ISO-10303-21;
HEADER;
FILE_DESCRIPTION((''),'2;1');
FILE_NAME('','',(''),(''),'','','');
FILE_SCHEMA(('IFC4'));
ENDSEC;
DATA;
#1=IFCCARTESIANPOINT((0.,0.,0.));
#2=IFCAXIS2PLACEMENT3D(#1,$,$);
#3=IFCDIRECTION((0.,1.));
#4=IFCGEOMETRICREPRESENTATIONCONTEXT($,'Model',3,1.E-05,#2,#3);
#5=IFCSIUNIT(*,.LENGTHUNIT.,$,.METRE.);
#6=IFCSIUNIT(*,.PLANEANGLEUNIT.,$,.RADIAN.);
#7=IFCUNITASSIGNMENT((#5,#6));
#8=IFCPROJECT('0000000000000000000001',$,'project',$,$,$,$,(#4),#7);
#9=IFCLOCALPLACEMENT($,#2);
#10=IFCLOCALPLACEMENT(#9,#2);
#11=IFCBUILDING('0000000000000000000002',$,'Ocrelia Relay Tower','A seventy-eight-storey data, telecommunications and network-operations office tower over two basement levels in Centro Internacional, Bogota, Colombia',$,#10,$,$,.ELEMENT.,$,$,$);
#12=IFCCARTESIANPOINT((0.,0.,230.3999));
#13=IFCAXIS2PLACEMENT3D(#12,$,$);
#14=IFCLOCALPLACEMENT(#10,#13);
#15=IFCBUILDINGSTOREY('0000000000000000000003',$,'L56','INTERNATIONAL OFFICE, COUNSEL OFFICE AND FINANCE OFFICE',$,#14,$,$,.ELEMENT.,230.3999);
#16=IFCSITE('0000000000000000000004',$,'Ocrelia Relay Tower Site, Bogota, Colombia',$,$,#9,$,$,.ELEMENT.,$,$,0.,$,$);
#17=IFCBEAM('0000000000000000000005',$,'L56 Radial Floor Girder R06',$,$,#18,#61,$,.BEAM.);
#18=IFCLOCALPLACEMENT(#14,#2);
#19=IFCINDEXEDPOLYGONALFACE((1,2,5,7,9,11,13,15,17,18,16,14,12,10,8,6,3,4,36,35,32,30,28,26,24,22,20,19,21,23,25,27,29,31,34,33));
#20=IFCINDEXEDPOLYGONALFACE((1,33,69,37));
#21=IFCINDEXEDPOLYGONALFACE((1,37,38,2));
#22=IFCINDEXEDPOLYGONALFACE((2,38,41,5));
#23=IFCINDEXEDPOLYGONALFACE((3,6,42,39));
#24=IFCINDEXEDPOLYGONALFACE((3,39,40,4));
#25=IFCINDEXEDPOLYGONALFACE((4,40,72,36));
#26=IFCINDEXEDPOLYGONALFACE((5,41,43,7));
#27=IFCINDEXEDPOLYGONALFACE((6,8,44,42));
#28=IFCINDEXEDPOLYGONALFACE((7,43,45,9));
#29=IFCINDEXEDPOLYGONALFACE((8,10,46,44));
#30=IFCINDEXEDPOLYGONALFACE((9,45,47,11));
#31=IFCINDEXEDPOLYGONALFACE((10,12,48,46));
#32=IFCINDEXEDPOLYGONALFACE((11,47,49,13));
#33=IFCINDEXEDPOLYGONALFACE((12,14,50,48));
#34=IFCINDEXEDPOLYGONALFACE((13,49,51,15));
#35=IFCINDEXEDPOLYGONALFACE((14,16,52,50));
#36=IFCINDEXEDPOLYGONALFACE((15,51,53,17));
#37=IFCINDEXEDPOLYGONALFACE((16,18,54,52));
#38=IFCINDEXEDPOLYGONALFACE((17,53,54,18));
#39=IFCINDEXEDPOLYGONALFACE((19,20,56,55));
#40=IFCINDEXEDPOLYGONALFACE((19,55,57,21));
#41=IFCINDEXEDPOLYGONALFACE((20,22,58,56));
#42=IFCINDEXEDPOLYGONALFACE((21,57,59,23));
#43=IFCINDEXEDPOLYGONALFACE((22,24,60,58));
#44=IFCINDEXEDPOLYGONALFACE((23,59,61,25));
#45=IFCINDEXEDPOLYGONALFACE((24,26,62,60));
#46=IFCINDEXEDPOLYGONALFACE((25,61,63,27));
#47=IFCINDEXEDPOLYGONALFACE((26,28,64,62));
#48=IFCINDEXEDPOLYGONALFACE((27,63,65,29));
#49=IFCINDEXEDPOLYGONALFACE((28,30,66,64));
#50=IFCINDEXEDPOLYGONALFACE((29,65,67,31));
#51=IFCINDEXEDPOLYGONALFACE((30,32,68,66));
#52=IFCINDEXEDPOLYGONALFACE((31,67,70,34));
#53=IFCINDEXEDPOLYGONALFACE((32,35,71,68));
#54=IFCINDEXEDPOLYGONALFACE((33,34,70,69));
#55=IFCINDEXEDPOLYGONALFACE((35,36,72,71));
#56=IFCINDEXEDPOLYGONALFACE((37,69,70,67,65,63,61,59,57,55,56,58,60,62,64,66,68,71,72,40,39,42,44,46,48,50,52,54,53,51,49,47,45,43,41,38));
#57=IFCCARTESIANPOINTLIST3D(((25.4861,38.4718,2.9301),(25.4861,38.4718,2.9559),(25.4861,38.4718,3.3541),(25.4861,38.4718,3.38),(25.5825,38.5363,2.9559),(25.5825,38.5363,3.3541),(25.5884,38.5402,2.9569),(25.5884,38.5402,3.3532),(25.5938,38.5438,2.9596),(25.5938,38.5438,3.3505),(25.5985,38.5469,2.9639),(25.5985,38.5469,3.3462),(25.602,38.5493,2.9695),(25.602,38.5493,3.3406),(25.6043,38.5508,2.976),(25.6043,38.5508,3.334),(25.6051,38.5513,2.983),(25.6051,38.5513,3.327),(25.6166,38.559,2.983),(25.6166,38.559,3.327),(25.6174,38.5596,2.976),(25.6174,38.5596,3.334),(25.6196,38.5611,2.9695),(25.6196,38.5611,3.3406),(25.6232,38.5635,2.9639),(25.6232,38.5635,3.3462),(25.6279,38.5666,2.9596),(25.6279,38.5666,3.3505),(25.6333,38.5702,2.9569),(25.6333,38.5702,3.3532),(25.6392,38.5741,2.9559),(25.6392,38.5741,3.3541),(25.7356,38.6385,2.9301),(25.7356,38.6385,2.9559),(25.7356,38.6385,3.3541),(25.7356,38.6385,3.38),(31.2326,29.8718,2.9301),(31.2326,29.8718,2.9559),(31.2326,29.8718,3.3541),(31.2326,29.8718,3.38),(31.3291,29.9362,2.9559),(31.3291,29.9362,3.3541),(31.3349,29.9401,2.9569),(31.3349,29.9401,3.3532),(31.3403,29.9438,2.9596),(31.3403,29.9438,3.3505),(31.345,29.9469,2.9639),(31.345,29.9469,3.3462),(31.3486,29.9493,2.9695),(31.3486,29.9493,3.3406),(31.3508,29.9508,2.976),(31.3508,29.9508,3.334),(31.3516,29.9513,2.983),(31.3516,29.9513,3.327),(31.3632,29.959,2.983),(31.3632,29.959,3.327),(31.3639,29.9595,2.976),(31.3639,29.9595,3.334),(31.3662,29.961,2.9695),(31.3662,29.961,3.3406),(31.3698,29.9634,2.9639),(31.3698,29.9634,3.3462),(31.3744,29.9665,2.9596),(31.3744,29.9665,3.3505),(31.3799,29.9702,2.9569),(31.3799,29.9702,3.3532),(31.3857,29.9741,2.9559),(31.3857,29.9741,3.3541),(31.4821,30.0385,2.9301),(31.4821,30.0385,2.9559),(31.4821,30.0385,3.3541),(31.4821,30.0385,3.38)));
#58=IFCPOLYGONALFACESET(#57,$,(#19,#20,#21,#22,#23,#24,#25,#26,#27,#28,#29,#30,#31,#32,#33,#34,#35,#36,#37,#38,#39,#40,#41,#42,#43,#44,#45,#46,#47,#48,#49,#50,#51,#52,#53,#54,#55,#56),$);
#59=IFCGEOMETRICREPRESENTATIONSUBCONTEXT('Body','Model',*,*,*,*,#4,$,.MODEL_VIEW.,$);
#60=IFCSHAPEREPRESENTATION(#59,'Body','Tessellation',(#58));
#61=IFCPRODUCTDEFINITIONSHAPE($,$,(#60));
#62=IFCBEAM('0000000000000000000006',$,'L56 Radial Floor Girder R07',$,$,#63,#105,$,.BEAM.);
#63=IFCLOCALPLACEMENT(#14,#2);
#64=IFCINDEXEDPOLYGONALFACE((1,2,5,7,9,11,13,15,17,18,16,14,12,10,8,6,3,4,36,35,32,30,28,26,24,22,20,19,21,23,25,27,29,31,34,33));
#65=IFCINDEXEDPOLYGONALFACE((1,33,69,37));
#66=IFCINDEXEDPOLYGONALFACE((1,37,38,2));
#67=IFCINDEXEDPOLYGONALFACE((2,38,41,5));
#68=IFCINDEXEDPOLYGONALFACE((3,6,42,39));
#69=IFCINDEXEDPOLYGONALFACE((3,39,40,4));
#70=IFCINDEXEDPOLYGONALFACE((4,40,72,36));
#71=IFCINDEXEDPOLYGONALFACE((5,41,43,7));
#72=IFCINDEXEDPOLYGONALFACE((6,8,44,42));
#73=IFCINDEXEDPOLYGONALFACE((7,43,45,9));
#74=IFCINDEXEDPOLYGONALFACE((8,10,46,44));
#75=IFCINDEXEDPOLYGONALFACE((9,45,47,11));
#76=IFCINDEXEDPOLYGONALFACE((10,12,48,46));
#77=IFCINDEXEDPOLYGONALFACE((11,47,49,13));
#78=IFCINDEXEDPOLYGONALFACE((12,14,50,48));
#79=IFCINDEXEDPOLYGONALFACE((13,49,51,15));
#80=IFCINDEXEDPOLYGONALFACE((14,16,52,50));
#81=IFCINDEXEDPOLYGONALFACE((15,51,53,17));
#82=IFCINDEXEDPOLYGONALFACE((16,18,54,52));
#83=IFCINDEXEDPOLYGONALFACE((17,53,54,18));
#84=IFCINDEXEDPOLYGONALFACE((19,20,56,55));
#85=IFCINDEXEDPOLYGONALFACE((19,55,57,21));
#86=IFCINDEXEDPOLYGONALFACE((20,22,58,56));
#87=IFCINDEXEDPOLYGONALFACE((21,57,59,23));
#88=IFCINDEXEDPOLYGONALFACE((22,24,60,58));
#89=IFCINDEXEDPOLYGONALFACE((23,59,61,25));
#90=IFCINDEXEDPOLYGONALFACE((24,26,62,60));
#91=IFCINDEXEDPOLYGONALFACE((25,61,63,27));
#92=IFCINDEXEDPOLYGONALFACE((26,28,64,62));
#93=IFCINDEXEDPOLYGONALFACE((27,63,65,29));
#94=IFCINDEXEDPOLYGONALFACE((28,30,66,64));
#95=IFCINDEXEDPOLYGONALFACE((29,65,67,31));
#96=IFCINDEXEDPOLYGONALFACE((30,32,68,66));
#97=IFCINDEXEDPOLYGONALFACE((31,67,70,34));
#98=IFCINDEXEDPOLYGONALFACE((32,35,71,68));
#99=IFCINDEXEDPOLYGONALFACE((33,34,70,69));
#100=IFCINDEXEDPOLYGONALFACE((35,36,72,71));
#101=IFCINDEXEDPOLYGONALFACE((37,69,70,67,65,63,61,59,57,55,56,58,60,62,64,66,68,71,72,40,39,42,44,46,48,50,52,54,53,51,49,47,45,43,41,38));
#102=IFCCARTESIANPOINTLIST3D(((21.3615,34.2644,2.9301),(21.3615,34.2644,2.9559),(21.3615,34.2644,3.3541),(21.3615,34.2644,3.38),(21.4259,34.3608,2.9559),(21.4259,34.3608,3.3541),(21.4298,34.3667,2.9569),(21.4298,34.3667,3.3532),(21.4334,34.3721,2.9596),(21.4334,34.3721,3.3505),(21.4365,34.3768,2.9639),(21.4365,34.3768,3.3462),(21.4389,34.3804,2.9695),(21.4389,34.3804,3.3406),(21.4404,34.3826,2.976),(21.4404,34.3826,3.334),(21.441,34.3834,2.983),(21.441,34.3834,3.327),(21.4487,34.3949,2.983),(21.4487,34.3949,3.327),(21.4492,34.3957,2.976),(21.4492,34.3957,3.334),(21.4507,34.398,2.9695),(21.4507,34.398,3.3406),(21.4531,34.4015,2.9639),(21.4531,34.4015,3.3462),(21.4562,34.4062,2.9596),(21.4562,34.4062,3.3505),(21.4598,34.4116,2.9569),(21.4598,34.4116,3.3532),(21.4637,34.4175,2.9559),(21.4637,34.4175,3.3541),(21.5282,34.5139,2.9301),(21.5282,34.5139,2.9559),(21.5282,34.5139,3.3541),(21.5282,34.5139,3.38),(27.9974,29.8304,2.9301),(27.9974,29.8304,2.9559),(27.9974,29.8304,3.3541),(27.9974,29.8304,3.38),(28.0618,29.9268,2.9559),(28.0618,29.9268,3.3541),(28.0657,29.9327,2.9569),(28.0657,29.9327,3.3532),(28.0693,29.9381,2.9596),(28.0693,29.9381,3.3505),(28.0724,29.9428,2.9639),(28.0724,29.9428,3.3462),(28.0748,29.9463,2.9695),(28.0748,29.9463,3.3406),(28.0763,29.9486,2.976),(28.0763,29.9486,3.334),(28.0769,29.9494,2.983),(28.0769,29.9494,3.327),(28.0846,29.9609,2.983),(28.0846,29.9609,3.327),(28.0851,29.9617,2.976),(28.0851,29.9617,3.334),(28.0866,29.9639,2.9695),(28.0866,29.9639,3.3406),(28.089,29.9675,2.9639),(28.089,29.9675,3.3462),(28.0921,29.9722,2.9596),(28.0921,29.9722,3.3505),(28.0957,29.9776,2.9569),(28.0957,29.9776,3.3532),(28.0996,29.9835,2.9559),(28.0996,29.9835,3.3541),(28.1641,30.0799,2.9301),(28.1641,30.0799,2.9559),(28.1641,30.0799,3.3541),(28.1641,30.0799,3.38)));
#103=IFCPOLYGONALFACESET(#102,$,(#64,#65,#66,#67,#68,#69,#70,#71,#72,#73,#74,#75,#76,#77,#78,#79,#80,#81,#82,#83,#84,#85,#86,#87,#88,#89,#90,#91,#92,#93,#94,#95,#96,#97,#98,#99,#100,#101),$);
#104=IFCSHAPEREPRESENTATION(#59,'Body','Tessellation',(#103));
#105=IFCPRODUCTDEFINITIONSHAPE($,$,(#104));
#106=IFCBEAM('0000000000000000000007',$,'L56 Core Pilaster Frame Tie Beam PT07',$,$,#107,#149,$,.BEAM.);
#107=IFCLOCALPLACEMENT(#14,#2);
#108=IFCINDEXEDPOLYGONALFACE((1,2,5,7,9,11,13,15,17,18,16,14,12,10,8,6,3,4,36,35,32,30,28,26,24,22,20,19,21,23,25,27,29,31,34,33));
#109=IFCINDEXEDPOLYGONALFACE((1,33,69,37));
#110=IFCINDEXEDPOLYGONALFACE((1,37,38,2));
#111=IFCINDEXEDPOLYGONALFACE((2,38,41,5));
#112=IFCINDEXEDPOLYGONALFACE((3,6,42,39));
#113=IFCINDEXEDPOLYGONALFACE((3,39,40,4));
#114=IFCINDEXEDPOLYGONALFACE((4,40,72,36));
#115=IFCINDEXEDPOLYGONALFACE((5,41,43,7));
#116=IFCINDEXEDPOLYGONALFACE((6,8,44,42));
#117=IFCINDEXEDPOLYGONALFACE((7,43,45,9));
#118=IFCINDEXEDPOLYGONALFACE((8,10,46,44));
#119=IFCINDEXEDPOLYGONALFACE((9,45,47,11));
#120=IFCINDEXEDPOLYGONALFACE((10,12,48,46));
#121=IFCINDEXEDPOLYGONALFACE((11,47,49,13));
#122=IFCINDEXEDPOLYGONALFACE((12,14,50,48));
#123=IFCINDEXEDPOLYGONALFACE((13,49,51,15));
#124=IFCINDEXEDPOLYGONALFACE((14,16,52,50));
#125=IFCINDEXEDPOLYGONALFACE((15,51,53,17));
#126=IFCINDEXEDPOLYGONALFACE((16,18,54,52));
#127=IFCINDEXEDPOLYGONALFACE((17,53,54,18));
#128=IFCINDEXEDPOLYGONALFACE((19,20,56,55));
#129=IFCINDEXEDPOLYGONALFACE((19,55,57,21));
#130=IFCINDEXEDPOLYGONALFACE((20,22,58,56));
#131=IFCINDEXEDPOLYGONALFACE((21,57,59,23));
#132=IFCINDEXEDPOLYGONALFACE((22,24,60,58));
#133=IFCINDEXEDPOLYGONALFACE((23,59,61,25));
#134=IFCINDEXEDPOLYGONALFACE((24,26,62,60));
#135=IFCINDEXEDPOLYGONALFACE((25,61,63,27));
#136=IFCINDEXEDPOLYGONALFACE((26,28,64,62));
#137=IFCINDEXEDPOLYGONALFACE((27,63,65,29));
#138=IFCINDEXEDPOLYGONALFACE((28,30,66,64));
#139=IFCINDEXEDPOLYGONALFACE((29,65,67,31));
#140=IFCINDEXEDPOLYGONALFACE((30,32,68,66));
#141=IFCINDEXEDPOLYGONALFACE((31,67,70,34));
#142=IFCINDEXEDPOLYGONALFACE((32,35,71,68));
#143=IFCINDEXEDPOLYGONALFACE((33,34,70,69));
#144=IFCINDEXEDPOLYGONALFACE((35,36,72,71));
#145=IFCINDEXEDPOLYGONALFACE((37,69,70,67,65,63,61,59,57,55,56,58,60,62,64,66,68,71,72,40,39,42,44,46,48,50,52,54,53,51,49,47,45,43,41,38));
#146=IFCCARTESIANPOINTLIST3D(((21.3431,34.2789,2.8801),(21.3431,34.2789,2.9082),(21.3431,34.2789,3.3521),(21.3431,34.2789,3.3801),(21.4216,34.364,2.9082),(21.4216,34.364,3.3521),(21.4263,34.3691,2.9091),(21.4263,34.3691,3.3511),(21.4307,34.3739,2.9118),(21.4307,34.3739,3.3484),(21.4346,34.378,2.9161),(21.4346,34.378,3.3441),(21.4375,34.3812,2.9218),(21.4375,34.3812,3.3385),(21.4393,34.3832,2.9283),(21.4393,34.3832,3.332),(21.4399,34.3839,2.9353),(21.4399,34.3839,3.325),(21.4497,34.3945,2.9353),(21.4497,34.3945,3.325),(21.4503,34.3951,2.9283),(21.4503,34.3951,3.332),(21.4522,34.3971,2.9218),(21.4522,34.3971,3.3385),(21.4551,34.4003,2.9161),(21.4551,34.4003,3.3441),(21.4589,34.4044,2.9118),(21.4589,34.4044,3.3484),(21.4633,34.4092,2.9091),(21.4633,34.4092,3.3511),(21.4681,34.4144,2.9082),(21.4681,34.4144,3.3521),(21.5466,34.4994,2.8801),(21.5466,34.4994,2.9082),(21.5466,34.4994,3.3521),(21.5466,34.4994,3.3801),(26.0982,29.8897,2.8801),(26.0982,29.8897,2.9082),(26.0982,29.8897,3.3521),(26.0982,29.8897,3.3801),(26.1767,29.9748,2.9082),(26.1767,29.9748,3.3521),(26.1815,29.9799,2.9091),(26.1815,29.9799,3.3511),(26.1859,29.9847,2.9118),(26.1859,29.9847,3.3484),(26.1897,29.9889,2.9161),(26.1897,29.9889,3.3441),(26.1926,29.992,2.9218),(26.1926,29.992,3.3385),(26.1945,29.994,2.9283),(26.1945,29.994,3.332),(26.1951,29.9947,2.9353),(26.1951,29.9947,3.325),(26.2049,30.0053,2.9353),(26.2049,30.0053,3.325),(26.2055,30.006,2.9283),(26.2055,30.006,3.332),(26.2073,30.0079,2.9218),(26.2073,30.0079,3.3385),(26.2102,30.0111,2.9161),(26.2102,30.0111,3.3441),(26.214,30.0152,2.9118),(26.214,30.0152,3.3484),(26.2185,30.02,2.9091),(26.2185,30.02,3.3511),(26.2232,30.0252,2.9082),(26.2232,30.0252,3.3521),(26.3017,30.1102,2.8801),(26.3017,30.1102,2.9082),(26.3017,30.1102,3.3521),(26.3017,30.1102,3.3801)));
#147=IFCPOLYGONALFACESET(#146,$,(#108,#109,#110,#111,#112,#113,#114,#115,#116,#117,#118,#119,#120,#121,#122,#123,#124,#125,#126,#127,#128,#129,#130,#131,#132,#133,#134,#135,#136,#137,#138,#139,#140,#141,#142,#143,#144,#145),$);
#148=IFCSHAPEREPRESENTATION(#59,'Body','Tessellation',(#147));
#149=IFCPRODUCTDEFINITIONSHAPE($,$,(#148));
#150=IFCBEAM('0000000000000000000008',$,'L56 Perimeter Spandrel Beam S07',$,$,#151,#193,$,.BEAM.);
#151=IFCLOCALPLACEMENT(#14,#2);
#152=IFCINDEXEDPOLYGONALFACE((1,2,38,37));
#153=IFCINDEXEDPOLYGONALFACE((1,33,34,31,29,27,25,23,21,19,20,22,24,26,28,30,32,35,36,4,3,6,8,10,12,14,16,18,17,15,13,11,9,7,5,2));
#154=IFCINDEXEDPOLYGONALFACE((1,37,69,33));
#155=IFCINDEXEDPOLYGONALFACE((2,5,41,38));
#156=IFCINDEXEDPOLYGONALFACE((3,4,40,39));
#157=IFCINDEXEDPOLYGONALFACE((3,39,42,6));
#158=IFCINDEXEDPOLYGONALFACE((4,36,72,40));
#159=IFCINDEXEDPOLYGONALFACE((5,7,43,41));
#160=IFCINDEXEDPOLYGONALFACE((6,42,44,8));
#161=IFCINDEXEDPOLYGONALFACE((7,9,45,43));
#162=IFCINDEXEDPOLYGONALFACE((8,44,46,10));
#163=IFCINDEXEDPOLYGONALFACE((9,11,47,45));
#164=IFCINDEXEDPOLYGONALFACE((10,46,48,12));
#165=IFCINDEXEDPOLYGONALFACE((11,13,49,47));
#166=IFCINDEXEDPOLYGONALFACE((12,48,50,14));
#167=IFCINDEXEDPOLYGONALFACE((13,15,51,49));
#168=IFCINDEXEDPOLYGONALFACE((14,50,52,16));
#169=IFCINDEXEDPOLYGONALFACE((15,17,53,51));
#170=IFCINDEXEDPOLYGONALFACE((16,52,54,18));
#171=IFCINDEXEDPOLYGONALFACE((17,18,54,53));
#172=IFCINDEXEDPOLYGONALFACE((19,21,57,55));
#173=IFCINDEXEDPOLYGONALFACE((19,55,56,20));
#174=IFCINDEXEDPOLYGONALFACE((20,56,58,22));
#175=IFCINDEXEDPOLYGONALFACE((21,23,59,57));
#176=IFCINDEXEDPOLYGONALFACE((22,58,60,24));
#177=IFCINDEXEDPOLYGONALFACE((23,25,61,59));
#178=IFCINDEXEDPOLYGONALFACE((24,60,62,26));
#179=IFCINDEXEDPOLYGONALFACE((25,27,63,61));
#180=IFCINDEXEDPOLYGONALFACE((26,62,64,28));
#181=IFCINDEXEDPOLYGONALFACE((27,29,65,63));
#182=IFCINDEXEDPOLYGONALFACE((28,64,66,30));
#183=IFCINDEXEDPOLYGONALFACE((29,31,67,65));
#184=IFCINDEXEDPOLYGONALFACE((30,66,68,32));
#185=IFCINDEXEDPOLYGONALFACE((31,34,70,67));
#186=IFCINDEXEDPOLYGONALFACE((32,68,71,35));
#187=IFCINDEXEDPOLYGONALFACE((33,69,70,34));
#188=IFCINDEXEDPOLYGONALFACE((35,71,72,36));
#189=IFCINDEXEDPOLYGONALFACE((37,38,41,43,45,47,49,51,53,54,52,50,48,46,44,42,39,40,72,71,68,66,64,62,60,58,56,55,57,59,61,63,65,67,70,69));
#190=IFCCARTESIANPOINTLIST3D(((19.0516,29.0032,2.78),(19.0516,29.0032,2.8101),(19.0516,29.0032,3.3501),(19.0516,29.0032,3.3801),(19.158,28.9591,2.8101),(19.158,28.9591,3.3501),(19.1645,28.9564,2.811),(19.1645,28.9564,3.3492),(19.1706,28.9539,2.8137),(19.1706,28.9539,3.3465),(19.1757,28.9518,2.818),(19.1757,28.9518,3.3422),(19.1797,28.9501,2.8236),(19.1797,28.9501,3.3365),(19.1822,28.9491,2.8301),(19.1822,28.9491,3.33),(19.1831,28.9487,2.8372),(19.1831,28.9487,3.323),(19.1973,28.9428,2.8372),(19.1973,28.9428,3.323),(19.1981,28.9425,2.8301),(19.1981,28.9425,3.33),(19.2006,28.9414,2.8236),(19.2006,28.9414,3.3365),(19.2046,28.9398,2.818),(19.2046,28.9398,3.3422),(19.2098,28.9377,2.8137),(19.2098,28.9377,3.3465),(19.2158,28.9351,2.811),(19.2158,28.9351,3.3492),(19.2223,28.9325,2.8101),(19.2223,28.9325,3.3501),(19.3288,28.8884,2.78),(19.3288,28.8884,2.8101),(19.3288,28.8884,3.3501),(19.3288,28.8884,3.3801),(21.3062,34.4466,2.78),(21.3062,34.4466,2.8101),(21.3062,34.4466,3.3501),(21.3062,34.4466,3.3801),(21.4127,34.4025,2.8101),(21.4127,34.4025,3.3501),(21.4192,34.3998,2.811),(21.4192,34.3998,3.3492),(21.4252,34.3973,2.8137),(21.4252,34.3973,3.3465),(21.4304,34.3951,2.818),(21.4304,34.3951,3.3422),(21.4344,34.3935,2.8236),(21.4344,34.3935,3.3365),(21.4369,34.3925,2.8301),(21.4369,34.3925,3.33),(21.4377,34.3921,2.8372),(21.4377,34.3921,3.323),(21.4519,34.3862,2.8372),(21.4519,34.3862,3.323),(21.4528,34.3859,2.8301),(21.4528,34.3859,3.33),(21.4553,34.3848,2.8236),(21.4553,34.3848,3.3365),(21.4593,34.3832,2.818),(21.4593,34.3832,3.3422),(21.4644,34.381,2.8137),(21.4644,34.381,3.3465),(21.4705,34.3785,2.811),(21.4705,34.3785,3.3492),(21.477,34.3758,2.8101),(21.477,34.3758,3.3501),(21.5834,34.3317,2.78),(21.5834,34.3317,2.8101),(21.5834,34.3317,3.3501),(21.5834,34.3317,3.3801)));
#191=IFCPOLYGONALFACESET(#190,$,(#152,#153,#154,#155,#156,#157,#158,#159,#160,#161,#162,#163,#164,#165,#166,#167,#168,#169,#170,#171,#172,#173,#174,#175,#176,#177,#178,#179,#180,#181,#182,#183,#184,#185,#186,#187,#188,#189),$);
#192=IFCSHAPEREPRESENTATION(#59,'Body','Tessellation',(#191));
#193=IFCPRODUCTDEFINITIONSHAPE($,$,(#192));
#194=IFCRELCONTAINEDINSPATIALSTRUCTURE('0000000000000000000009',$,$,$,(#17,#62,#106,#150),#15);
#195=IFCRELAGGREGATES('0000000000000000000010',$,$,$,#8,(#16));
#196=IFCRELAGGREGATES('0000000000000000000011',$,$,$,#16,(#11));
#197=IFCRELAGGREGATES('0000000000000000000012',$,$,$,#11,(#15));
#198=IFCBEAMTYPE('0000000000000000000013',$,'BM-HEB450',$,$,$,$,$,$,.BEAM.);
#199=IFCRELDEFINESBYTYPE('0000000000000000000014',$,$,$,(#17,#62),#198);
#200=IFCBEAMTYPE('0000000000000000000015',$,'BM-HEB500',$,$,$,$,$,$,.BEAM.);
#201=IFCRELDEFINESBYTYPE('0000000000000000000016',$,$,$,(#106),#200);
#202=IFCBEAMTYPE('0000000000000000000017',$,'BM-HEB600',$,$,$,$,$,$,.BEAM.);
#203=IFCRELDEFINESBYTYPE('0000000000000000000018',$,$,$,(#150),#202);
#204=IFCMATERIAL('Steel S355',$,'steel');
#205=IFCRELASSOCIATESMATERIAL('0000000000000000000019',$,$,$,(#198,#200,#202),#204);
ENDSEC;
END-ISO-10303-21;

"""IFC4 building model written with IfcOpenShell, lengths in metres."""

from ifc_helpers import new_model, si_unit, direction, frame, origin, origin_2d, place, context, subcontext, project, spatial, i_section, extrude, material, material_profile, profile_set, type_object, element, save


model = new_model("IFC4")

# Units and contexts
model_context = context("Model", 3, precision=1e-05, world=origin(), true_north=direction((0.0, 1.0)))
body_context = subcontext(model_context, "Body", "Model", "MODEL_VIEW")
ifc_project = project(units=[si_unit("LENGTHUNIT", "METRE"), si_unit("PLANEANGLEUNIT", "RADIAN")], contexts=[model_context])

# Site, building, storey
site_placement = place(None, origin())
site = spatial("IfcSite", under=ifc_project, at=site_placement, Name="Ocrelia Relay Tower Site, Bogota, Colombia", CompositionType="ELEMENT", RefElevation=0.0)
building_placement = place(site_placement, origin())
building = spatial("IfcBuilding", under=site, at=building_placement, Name="Ocrelia Relay Tower", Description="A seventy-eight-storey data, telecommunications and network-operations office tower over two basement levels in Centro Internacional, Bogota, Colombia", CompositionType="ELEMENT")
storey_placement = place(building_placement, frame((0.0, 0.0, 230.3999)))
storey = spatial("IfcBuildingStorey", under=building, at=storey_placement, Name="L56", Description="INTERNATIONAL OFFICE, COUNSEL OFFICE AND FINANCE OFFICE", CompositionType="ELEMENT", Elevation=230.3999)

# Beams
ifc_material_1 = material(Name="Steel S355", Category="steel")
ifc_material_profile_1 = material_profile(ifc_material_1, i_section(OverallWidth=0.3, OverallDepth=0.45, WebThickness=0.0139, FlangeThickness=0.0259, FilletRadius=0.0271, at=origin_2d()), Name="HEB 450")
ifc_profile_set_1 = profile_set([ifc_material_profile_1], Name="Steel S355")
beam_type_1 = type_object("IfcBeamType", Name="BM-HEB450", PredefinedType="BEAM", material=ifc_profile_set_1)
beam_1_placement = place(storey_placement, frame((25.6108, 38.5552, 3.155), z_axis=(0.555582, -0.831462, 0.0), x_axis=(0.831462, 0.555582, 0.0)))
element("IfcBeam", 1, at=beam_1_placement, inside=storey, type_object=beam_type_1, Name="L56 Radial Floor Girder R06", PredefinedType="BEAM", context=body_context, shape_type="SweptSolid", body=[
    extrude(i_section(OverallWidth=0.3, OverallDepth=0.45, WebThickness=0.0139, FlangeThickness=0.0259, FilletRadius=0.0271, at=origin_2d()), origin(), (0.0, 0.0, 1.0), 10.3433),
])
beam_2_placement = place(storey_placement, frame((21.4448, 34.3892, 3.155), z_axis=(0.831466, -0.555575, 0.0), x_axis=(0.555575, 0.831466, 0.0)))
element("IfcBeam", 2, at=beam_2_placement, inside=storey, type_object=beam_type_1, Name="L56 Radial Floor Girder R07", PredefinedType="BEAM", context=body_context, shape_type="SweptSolid", body=[
    extrude(i_section(OverallWidth=0.3, OverallDepth=0.45, WebThickness=0.0139, FlangeThickness=0.0259, FilletRadius=0.0271, at=origin_2d()), origin(), (0.0, 0.0, 1.0), 7.981),
])
ifc_material_profile_2 = material_profile(ifc_material_1, i_section(OverallWidth=0.3, OverallDepth=0.5, WebThickness=0.0144, FlangeThickness=0.0281, FilletRadius=0.0271, at=origin_2d()), Name="HEB 500")
ifc_profile_set_2 = profile_set([ifc_material_profile_2], Name="Steel S355")
beam_type_2 = type_object("IfcBeamType", Name="BM-HEB500", PredefinedType="BEAM", material=ifc_profile_set_2)
beam_3_placement = place(storey_placement, frame((21.4448, 34.3892, 3.1301), z_axis=(0.734818, -0.678264, 0.0), x_axis=(0.678264, 0.734818, 0.0)))
element("IfcBeam", 3, at=beam_3_placement, inside=storey, type_object=beam_type_2, Name="L56 Core Pilaster Frame Tie Beam PT07", PredefinedType="BEAM", context=body_context, shape_type="SweptSolid", body=[
    extrude(i_section(OverallWidth=0.3, OverallDepth=0.5, WebThickness=0.0144, FlangeThickness=0.0281, FilletRadius=0.0271, at=origin_2d()), origin(), (0.0, 0.0, 1.0), 6.4712),
])
ifc_material_profile_3 = material_profile(ifc_material_1, i_section(OverallWidth=0.3, OverallDepth=0.6001, WebThickness=0.0154, FlangeThickness=0.03, FilletRadius=0.0271, at=origin_2d()), Name="HEB 600")
ifc_profile_set_3 = profile_set([ifc_material_profile_3], Name="Steel S355")
beam_type_3 = type_object("IfcBeamType", Name="BM-HEB600", PredefinedType="BEAM", material=ifc_profile_set_3)
beam_4_placement = place(storey_placement, frame((21.4448, 34.3892, 3.0801), z_axis=(-0.382673, -0.923884, 0.0), x_axis=(0.923884, -0.382673, 0.0)))
element("IfcBeam", 4, at=beam_4_placement, inside=storey, type_object=beam_type_3, Name="L56 Perimeter Spandrel Beam S07", PredefinedType="BEAM", context=body_context, shape_type="SweptSolid", body=[
    extrude(i_section(OverallWidth=0.3, OverallDepth=0.6001, WebThickness=0.0154, FlangeThickness=0.03, FilletRadius=0.0271, at=origin_2d()), origin(), (0.0, 0.0, 1.0), 5.8918),
])

save(model, "model.ifc")
